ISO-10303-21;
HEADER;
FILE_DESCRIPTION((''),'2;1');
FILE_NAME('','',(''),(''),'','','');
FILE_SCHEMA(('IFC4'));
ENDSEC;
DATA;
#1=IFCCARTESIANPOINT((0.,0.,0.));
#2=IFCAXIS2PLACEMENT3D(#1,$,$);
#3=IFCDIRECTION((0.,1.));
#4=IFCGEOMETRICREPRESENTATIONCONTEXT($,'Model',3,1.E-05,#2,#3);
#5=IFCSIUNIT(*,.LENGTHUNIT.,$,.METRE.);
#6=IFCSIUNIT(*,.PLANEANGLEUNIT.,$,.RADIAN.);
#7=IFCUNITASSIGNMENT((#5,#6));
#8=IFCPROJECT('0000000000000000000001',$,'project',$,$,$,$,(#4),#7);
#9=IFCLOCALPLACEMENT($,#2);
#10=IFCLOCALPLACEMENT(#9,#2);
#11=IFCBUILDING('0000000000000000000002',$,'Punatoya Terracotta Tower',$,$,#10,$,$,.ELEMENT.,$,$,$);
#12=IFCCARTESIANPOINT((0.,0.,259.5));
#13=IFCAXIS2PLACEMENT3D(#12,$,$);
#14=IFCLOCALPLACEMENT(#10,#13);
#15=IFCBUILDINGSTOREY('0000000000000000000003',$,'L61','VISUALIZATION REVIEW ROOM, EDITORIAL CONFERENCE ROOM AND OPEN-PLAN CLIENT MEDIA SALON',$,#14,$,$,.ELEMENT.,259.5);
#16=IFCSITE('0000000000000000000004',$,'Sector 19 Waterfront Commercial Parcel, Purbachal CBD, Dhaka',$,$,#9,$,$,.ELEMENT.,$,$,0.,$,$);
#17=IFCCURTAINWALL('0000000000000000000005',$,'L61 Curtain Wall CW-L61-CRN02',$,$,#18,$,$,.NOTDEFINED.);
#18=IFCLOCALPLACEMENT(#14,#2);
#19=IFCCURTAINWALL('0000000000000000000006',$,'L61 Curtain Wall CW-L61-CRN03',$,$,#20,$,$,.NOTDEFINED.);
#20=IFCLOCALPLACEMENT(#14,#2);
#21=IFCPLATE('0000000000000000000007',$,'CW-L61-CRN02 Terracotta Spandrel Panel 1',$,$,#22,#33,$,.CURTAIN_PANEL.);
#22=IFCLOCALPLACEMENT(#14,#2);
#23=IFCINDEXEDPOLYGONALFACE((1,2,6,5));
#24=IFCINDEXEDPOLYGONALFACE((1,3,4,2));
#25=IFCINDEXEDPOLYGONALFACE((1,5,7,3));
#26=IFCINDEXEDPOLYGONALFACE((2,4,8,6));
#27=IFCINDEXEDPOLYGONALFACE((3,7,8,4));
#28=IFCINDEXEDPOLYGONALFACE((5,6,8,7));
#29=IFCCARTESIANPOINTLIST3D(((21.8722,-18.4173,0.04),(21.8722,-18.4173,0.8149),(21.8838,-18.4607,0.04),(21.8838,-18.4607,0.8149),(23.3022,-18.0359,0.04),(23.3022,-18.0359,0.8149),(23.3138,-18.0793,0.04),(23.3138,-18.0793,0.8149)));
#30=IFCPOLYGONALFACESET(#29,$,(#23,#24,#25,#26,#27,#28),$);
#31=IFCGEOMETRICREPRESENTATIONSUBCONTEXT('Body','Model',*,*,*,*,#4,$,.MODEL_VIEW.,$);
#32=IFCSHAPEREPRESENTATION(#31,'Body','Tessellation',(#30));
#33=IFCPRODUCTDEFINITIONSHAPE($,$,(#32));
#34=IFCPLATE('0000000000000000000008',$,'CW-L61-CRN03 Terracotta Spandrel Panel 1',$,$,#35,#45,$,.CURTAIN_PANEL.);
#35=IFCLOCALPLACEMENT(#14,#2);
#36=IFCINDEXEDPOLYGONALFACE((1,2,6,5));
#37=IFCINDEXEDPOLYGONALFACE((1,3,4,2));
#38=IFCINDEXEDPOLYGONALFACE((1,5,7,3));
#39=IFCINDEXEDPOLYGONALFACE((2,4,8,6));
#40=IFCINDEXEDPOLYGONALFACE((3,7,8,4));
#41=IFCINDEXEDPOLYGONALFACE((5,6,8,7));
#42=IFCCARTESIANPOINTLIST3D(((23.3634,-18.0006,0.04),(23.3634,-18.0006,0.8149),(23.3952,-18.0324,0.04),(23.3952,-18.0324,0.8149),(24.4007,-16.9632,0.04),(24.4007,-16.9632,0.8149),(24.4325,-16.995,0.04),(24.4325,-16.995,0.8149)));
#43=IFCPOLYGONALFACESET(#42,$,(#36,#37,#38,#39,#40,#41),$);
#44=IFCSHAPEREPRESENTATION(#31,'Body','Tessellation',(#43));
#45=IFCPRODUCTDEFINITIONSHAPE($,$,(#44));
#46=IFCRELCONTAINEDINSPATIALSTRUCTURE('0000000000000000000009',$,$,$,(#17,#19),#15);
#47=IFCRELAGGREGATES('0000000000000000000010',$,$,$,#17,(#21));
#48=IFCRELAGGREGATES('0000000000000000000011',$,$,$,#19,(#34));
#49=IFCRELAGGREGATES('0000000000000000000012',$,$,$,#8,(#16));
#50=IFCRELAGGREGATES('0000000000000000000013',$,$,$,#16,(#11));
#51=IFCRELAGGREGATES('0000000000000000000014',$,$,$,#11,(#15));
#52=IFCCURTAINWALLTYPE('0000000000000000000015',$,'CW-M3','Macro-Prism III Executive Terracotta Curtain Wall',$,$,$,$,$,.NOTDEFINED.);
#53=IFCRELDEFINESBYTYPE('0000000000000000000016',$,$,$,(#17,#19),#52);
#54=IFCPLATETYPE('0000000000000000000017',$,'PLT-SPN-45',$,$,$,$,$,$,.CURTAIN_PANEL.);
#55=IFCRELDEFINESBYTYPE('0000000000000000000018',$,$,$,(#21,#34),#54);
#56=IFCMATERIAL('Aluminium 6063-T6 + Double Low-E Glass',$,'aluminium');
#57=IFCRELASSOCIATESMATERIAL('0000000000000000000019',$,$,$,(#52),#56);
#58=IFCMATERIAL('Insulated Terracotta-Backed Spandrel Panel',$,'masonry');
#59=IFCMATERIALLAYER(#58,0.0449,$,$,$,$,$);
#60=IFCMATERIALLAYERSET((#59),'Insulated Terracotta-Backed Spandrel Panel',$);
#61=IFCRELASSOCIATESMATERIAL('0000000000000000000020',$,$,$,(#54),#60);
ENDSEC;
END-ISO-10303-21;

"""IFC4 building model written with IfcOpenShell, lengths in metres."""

from ifc_helpers import new_model, si_unit, direction, frame, origin, origin_2d, place, context, subcontext, project, spatial, rectangle, extrude, material, layer, layer_set, type_object, element, aggregate, save


model = new_model("IFC4")

# Units and contexts
model_context = context("Model", 3, precision=1e-05, world=origin(), true_north=direction((0.0, 1.0)))
body_context = subcontext(model_context, "Body", "Model", "MODEL_VIEW")
ifc_project = project(units=[si_unit("LENGTHUNIT", "METRE"), si_unit("PLANEANGLEUNIT", "RADIAN")], contexts=[model_context])

# Site, building, storey
site_placement = place(None, origin())
site = spatial("IfcSite", under=ifc_project, at=site_placement, Name="Sector 19 Waterfront Commercial Parcel, Purbachal CBD, Dhaka", CompositionType="ELEMENT", RefElevation=0.0)
building_placement = place(site_placement, origin())
building = spatial("IfcBuilding", under=site, at=building_placement, Name="Punatoya Terracotta Tower", CompositionType="ELEMENT")
storey_placement = place(building_placement, frame((0.0, 0.0, 259.5)))
storey = spatial("IfcBuildingStorey", under=building, at=storey_placement, Name="L61", Description="VISUALIZATION REVIEW ROOM, EDITORIAL CONFERENCE ROOM AND OPEN-PLAN CLIENT MEDIA SALON", CompositionType="ELEMENT", Elevation=259.5)

# Curtain walls
ifc_material_1 = material(Name="Aluminium 6063-T6 + Double Low-E Glass", Category="aluminium")
curtain_wall_type = type_object("IfcCurtainWallType", Name="CW-M3", Description="Macro-Prism III Executive Terracotta Curtain Wall", PredefinedType="NOTDEFINED", material=ifc_material_1)
curtain_wall_1_placement = place(storey_placement, origin())
curtain_wall_1 = element("IfcCurtainWall", 1, at=curtain_wall_1_placement, inside=storey, type_object=curtain_wall_type, Name="L61 Curtain Wall CW-L61-CRN02", PredefinedType="NOTDEFINED")
curtain_wall_2_placement = place(storey_placement, origin())
curtain_wall_2 = element("IfcCurtainWall", 2, at=curtain_wall_2_placement, inside=storey, type_object=curtain_wall_type, Name="L61 Curtain Wall CW-L61-CRN03", PredefinedType="NOTDEFINED")

# Plates
ifc_material_2 = material(Name="Insulated Terracotta-Backed Spandrel Panel", Category="masonry")
ifc_layer_1 = layer(ifc_material_2, 0.0449)
ifc_layer_set_1 = layer_set([ifc_layer_1], Name="Insulated Terracotta-Backed Spandrel Panel")
plate_type_1 = type_object("IfcPlateType", Name="PLT-SPN-45", PredefinedType="CURTAIN_PANEL", material=ifc_layer_set_1)
plate_1_placement = place(storey_placement, frame((22.593, -18.2483, 0.04), z_axis=(0.0, 0.0, 1.0), x_axis=(0.966214, 0.257742, 0.0)))
plate_1 = element("IfcPlate", 3, at=plate_1_placement, type_object=plate_type_1, Name="CW-L61-CRN02 Terracotta Spandrel Panel 1", PredefinedType="CURTAIN_PANEL", context=body_context, shape_type="SweptSolid", body=[
    extrude(rectangle(XDim=1.48, YDim=0.0449, at=origin_2d()), origin(), (0.0, 0.0, 1.0), 0.7749),
])
aggregate(curtain_wall_1, [plate_1])
plate_2_placement = place(storey_placement, frame((23.8979, -17.4978, 0.04), z_axis=(0.0, 0.0, 1.0), x_axis=(0.707107, 0.707107, 0.0)))
plate_2 = element("IfcPlate", 4, at=plate_2_placement, type_object=plate_type_1, Name="CW-L61-CRN03 Terracotta Spandrel Panel 1", PredefinedType="CURTAIN_PANEL", context=body_context, shape_type="SweptSolid", body=[
    extrude(rectangle(XDim=1.467, YDim=0.0449, at=origin_2d()), origin(), (0.0, 0.0, 1.0), 0.7749),
])
aggregate(curtain_wall_2, [plate_2])

save(model, "model.ifc")
